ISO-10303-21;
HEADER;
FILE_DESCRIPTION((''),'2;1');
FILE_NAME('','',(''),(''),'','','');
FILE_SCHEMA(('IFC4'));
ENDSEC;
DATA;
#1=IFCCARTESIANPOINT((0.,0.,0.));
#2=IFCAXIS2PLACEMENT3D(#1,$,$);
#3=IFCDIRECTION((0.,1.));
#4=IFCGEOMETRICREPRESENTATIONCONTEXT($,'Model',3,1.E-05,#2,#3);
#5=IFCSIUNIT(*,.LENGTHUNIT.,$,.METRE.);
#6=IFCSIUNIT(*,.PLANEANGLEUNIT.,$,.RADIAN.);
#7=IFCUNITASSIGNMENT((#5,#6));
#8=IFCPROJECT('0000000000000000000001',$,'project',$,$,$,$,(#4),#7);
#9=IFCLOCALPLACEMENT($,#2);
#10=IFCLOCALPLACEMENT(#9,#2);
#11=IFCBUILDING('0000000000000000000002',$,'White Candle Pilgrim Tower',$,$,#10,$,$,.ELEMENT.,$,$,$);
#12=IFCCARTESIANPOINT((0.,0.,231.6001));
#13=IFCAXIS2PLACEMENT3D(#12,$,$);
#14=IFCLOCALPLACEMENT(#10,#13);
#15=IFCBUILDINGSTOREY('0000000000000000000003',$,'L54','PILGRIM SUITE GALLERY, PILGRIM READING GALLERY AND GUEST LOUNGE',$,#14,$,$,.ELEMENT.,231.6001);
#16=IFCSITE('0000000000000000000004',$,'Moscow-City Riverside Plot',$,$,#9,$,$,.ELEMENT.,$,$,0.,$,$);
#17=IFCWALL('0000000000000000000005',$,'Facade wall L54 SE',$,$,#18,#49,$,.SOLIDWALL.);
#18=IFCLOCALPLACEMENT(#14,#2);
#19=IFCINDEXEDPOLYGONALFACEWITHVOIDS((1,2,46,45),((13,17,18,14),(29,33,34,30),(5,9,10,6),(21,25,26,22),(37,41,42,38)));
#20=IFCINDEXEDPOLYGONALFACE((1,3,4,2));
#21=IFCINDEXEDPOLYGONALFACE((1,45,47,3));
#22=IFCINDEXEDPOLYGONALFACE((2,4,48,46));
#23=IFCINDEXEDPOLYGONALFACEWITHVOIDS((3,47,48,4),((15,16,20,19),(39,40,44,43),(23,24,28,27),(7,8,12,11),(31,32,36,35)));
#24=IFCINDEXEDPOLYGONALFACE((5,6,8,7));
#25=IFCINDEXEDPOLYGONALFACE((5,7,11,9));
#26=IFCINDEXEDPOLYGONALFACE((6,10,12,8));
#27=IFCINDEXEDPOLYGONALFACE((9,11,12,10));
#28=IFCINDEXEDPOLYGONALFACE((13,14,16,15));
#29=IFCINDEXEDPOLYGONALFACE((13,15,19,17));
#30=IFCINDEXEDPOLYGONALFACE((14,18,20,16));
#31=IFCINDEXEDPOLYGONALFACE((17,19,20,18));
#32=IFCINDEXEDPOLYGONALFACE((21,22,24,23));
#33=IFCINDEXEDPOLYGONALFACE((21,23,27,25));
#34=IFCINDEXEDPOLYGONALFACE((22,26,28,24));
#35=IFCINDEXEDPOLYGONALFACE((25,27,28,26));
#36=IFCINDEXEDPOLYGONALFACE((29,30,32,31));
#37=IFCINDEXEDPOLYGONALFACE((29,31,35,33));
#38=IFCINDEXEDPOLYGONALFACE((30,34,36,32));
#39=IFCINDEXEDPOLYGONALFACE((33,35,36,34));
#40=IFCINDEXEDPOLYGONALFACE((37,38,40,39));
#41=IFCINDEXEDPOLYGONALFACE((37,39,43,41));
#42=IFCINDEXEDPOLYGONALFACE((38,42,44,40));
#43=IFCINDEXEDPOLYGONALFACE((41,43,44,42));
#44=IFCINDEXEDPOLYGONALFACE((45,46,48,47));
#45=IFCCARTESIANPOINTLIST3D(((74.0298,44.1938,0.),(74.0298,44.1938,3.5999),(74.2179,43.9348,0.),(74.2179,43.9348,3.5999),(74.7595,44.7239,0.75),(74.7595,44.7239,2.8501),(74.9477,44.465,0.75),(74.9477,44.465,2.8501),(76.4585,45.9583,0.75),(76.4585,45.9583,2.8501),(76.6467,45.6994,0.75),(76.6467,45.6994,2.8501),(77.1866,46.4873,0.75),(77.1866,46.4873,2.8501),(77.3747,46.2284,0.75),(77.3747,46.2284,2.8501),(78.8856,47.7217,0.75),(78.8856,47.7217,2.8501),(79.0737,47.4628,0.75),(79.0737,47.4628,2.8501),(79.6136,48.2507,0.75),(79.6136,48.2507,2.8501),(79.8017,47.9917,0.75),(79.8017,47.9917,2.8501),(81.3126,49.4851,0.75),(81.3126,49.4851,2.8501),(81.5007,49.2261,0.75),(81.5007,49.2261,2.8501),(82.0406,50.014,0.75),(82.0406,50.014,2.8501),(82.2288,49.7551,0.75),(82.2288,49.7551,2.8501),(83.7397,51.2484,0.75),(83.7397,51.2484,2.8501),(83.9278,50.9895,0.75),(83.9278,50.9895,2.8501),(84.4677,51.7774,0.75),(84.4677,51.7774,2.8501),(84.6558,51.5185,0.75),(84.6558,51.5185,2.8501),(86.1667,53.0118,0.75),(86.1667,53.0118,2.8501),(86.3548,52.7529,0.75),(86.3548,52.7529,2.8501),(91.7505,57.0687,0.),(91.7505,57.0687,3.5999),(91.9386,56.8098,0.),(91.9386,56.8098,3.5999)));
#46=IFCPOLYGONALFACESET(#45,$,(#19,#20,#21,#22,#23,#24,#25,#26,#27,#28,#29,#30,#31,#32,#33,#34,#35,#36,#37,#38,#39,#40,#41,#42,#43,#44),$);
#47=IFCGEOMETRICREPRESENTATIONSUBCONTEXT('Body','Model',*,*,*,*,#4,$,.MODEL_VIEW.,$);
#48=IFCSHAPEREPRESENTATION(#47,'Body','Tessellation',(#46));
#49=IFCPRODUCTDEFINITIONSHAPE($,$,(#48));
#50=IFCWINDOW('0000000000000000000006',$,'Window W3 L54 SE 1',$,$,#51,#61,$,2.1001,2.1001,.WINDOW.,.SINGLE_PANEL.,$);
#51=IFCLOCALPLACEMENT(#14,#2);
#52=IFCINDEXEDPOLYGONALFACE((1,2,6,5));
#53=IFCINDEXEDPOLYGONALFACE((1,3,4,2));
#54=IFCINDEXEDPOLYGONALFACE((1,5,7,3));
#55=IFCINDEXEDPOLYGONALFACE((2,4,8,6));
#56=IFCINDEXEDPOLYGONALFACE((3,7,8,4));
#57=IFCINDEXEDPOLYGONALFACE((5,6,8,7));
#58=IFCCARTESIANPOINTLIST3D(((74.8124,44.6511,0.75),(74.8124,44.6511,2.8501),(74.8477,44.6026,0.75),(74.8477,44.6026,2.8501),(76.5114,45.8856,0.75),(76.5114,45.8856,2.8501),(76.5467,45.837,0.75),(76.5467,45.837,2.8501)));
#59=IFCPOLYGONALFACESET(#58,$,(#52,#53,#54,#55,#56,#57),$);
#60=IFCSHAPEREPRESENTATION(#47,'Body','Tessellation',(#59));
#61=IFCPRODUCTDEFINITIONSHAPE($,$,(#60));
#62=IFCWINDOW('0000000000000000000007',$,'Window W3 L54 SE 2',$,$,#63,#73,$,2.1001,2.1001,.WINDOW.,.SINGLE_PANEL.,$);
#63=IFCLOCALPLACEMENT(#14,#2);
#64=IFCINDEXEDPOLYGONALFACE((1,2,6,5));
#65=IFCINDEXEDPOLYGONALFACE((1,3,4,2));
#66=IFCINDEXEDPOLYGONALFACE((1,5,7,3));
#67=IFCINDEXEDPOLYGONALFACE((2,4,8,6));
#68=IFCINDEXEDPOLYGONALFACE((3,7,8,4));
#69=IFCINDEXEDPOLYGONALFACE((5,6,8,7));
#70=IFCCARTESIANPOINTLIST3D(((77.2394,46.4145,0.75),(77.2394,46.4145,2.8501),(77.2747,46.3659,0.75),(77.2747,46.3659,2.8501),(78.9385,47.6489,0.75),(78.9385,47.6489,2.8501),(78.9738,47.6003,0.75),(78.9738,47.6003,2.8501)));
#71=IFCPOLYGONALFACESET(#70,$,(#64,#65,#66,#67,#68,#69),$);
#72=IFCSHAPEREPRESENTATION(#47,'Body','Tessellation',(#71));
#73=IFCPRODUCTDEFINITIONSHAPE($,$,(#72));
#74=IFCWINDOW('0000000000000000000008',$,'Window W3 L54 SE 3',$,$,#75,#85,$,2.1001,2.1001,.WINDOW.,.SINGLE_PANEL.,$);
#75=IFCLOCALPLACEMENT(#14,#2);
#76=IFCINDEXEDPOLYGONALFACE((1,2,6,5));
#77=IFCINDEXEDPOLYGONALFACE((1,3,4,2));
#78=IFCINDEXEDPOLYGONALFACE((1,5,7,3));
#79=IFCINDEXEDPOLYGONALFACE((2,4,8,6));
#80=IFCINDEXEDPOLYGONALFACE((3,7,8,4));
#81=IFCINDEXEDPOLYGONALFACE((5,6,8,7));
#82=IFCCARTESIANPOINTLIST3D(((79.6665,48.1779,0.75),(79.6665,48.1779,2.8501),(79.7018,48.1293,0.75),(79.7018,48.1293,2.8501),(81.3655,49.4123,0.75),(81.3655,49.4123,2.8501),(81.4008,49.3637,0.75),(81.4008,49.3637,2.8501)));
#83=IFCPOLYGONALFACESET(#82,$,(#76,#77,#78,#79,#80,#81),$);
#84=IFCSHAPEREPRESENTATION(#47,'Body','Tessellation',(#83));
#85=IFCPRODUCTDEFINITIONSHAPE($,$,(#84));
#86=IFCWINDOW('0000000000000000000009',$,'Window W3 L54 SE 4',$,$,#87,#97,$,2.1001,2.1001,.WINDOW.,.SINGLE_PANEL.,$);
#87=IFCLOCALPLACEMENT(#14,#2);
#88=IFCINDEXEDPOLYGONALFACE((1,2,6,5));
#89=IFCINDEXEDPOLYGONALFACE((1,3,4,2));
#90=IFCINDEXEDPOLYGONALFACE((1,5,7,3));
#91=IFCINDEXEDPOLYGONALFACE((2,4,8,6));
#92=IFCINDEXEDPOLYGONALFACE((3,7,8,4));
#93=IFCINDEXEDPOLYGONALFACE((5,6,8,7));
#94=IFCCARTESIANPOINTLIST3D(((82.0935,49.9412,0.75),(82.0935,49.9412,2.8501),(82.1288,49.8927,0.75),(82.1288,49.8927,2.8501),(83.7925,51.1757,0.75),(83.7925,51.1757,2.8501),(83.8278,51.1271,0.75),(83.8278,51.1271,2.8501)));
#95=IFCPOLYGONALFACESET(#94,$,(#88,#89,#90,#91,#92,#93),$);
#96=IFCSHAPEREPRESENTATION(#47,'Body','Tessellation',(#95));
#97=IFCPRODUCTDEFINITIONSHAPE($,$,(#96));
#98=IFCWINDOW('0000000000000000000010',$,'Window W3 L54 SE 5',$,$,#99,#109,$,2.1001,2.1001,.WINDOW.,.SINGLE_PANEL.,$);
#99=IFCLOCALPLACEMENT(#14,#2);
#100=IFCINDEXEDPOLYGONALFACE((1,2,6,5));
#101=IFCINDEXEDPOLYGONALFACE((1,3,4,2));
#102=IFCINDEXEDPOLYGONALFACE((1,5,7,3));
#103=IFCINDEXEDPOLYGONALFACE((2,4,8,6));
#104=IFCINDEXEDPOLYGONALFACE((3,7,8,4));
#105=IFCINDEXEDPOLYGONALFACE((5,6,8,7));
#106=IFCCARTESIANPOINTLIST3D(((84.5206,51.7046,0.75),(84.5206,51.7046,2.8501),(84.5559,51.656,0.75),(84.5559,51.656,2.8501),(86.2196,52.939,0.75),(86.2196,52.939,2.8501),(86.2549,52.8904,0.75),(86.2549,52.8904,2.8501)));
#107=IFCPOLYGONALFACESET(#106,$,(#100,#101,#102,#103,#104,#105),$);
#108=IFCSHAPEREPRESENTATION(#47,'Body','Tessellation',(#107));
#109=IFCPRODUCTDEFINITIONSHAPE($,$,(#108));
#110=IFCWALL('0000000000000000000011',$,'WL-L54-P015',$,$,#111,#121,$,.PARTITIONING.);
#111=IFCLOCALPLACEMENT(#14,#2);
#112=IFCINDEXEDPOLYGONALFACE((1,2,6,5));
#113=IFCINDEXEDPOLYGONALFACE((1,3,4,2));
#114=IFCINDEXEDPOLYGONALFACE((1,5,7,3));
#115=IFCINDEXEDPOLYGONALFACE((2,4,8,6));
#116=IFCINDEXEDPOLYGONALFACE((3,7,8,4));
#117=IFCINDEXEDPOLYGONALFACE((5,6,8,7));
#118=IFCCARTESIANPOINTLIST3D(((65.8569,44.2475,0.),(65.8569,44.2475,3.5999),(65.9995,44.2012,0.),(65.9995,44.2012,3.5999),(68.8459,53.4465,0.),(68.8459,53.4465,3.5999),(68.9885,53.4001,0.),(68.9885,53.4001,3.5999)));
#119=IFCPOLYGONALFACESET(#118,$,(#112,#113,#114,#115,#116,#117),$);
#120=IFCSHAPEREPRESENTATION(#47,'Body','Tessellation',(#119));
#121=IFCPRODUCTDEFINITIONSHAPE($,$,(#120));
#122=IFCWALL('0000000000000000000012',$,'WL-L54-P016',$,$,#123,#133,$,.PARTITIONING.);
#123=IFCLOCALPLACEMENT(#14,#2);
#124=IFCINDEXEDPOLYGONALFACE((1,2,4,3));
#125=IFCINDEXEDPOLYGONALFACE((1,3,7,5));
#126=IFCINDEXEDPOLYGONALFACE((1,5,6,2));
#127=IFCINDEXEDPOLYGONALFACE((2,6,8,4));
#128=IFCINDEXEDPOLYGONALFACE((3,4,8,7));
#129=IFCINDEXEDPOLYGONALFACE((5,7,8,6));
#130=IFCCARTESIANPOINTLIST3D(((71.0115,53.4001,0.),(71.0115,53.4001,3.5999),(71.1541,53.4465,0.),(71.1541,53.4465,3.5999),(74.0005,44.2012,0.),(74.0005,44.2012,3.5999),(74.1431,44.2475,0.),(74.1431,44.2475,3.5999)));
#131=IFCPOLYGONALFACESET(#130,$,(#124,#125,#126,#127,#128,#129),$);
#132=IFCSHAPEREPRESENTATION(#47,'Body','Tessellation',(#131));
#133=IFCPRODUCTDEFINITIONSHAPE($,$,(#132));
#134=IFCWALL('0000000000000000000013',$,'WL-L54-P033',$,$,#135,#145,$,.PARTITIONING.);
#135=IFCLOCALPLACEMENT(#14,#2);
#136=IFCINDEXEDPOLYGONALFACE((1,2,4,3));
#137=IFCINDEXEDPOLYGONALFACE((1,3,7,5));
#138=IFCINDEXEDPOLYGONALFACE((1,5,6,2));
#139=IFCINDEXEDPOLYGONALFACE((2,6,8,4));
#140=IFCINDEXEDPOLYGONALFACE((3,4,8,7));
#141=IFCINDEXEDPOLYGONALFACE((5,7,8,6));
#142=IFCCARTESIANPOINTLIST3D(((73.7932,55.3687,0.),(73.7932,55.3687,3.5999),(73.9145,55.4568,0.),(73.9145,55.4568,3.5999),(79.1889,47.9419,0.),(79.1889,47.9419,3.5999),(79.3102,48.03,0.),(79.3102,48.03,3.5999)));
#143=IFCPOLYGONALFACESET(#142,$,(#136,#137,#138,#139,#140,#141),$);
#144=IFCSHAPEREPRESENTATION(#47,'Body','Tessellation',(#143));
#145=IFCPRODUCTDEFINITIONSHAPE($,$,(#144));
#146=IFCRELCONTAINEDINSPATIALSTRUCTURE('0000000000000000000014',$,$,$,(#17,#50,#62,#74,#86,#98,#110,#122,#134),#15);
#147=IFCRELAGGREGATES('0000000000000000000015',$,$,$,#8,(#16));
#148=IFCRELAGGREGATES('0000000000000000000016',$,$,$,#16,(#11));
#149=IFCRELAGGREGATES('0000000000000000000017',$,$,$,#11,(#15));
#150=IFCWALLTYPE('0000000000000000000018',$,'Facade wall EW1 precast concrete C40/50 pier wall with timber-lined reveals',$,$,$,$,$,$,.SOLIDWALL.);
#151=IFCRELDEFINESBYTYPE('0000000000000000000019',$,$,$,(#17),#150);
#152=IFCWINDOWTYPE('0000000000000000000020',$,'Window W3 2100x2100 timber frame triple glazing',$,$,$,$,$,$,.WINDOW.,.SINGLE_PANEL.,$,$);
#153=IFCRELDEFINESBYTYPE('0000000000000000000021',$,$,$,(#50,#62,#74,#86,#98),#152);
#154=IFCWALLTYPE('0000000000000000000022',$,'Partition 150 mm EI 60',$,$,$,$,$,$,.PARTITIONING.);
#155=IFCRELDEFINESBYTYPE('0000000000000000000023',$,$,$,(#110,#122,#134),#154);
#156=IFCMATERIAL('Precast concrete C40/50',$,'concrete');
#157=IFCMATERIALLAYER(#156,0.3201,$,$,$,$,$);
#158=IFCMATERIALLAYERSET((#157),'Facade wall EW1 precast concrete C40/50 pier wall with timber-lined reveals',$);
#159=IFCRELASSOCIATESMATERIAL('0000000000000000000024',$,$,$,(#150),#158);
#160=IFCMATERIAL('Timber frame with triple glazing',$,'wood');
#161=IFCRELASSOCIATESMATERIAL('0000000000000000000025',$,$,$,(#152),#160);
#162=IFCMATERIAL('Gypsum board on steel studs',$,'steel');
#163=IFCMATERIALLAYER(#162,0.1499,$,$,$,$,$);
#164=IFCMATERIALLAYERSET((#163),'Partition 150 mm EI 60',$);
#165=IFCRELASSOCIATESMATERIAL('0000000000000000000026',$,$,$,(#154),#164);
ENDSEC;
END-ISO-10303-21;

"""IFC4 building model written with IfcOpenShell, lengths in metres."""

from ifc_helpers import new_model, si_unit, direction, frame, frame_2d, origin, place, context, subcontext, project, spatial, rectangle, extrude, material, layer, layer_set, type_object, element, fill, save


model = new_model("IFC4")

# Units and contexts
model_context = context("Model", 3, precision=1e-05, world=origin(), true_north=direction((0.0, 1.0)))
body_context = subcontext(model_context, "Body", "Model", "MODEL_VIEW")
ifc_project = project(units=[si_unit("LENGTHUNIT", "METRE"), si_unit("PLANEANGLEUNIT", "RADIAN")], contexts=[model_context])

# Site, building, storey
site_placement = place(None, origin())
site = spatial("IfcSite", under=ifc_project, at=site_placement, Name="Moscow-City Riverside Plot", CompositionType="ELEMENT", RefElevation=0.0)
building_placement = place(site_placement, origin())
building = spatial("IfcBuilding", under=site, at=building_placement, Name="White Candle Pilgrim Tower", CompositionType="ELEMENT")
storey_placement = place(building_placement, frame((0.0, 0.0, 231.6001)))
storey = spatial("IfcBuildingStorey", under=building, at=storey_placement, Name="L54", Description="PILGRIM SUITE GALLERY, PILGRIM READING GALLERY AND GUEST LOUNGE", CompositionType="ELEMENT", Elevation=231.6001)

# Shared definitions
ifc_material_1 = material(Name="Gypsum board on steel studs", Category="steel")

# Wall, openings, windows
ifc_material_2 = material(Name="Precast concrete C40/50", Category="concrete")
ifc_layer_1 = layer(ifc_material_2, 0.3201)
ifc_layer_set_1 = layer_set([ifc_layer_1], Name="Facade wall EW1 precast concrete C40/50 pier wall with timber-lined reveals")
wall_type_1 = type_object("IfcWallType", Name="Facade wall EW1 precast concrete C40/50 pier wall with timber-lined reveals", PredefinedType="SOLIDWALL", material=ifc_layer_set_1)
ifc_material_3 = material(Name="Timber frame with triple glazing", Category="wood")
wall_1_placement = place(storey_placement, frame((74.1238, 44.0642, 0.0), z_axis=(0.0, 0.0, 1.0), x_axis=(0.809014, 0.58779, 0.0)))
wall_1 = element("IfcWall", 1, at=wall_1_placement, inside=storey, type_object=wall_type_1, Name="Facade wall L54 SE", PredefinedType="SOLIDWALL", context=body_context, shape_type="SweptSolid", body=[
    extrude(rectangle(XDim=21.9041, YDim=0.3201, at=frame_2d((10.9521, 0.0))), origin(), (0.0, 0.0, 1.0), 3.5999),
])
opening_1_placement = place(wall_1_placement, frame((0.9021, 0.0, 0.75)))
opening_1 = element("IfcOpeningElement", 2, at=opening_1_placement, cuts=wall_1, PredefinedType="OPENING", context=body_context, shape_type="SweptSolid", body=[
    extrude(rectangle(XDim=2.1001, YDim=2.1001, at=frame_2d((1.05, 1.05))), frame((0.0, 0.1699, 0.0), z_axis=(0.0, -1.0, 0.0), x_axis=(1.0, 0.0, 0.0)), (0.0, 0.0, 1.0), 0.3401),
])
opening_2_placement = place(wall_1_placement, frame((3.9021, 0.0, 0.75)))
opening_2 = element("IfcOpeningElement", 3, at=opening_2_placement, cuts=wall_1, PredefinedType="OPENING", context=body_context, shape_type="SweptSolid", body=[
    extrude(rectangle(XDim=2.1001, YDim=2.1001, at=frame_2d((1.05, 1.05))), frame((0.0, 0.1699, 0.0), z_axis=(0.0, -1.0, 0.0), x_axis=(1.0, 0.0, 0.0)), (0.0, 0.0, 1.0), 0.3401),
])
opening_3_placement = place(wall_1_placement, frame((6.9021, 0.0, 0.75)))
opening_3 = element("IfcOpeningElement", 4, at=opening_3_placement, cuts=wall_1, PredefinedType="OPENING", context=body_context, shape_type="SweptSolid", body=[
    extrude(rectangle(XDim=2.1001, YDim=2.1001, at=frame_2d((1.05, 1.05))), frame((0.0, 0.1699, 0.0), z_axis=(0.0, -1.0, 0.0), x_axis=(1.0, 0.0, 0.0)), (0.0, 0.0, 1.0), 0.3401),
])
opening_4_placement = place(wall_1_placement, frame((9.9021, 0.0, 0.75)))
opening_4 = element("IfcOpeningElement", 5, at=opening_4_placement, cuts=wall_1, PredefinedType="OPENING", context=body_context, shape_type="SweptSolid", body=[
    extrude(rectangle(XDim=2.1001, YDim=2.1001, at=frame_2d((1.05, 1.05))), frame((0.0, 0.1699, 0.0), z_axis=(0.0, -1.0, 0.0), x_axis=(1.0, 0.0, 0.0)), (0.0, 0.0, 1.0), 0.3401),
])
opening_5_placement = place(wall_1_placement, frame((12.9021, 0.0, 0.75)))
opening_5 = element("IfcOpeningElement", 6, at=opening_5_placement, cuts=wall_1, PredefinedType="OPENING", context=body_context, shape_type="SweptSolid", body=[
    extrude(rectangle(XDim=2.1001, YDim=2.1001, at=frame_2d((1.05, 1.05))), frame((0.0, 0.1699, 0.0), z_axis=(0.0, -1.0, 0.0), x_axis=(1.0, 0.0, 0.0)), (0.0, 0.0, 1.0), 0.3401),
])
window_type_1 = type_object("IfcWindowType", Name="Window W3 2100x2100 timber frame triple glazing", PartitioningType="SINGLE_PANEL", PredefinedType="WINDOW", material=ifc_material_3)
window_1_placement = place(opening_1_placement, origin())
window_1 = element("IfcWindow", 7, at=window_1_placement, inside=storey, type_object=window_type_1, Name="Window W3 L54 SE 1", OverallHeight=2.1001, OverallWidth=2.1001, PartitioningType="SINGLE_PANEL", PredefinedType="WINDOW", context=body_context, shape_type="SweptSolid", body=[
    extrude(rectangle(XDim=2.1001, YDim=2.1001, at=frame_2d((1.05, 1.05))), frame((0.0, 0.0701, 0.0), z_axis=(0.0, -1.0, 0.0), x_axis=(1.0, 0.0, 0.0)), (0.0, 0.0, 1.0), 0.0601),
])
fill(opening_1, window_1)
window_2_placement = place(opening_2_placement, origin())
window_2 = element("IfcWindow", 8, at=window_2_placement, inside=storey, type_object=window_type_1, Name="Window W3 L54 SE 2", OverallHeight=2.1001, OverallWidth=2.1001, PartitioningType="SINGLE_PANEL", PredefinedType="WINDOW", context=body_context, shape_type="SweptSolid", body=[
    extrude(rectangle(XDim=2.1001, YDim=2.1001, at=frame_2d((1.05, 1.05))), frame((0.0, 0.0701, 0.0), z_axis=(0.0, -1.0, 0.0), x_axis=(1.0, 0.0, 0.0)), (0.0, 0.0, 1.0), 0.0601),
])
fill(opening_2, window_2)
window_3_placement = place(opening_3_placement, origin())
window_3 = element("IfcWindow", 9, at=window_3_placement, inside=storey, type_object=window_type_1, Name="Window W3 L54 SE 3", OverallHeight=2.1001, OverallWidth=2.1001, PartitioningType="SINGLE_PANEL", PredefinedType="WINDOW", context=body_context, shape_type="SweptSolid", body=[
    extrude(rectangle(XDim=2.1001, YDim=2.1001, at=frame_2d((1.05, 1.05))), frame((0.0, 0.0701, 0.0), z_axis=(0.0, -1.0, 0.0), x_axis=(1.0, 0.0, 0.0)), (0.0, 0.0, 1.0), 0.0601),
])
fill(opening_3, window_3)
window_4_placement = place(opening_4_placement, origin())
window_4 = element("IfcWindow", 10, at=window_4_placement, inside=storey, type_object=window_type_1, Name="Window W3 L54 SE 4", OverallHeight=2.1001, OverallWidth=2.1001, PartitioningType="SINGLE_PANEL", PredefinedType="WINDOW", context=body_context, shape_type="SweptSolid", body=[
    extrude(rectangle(XDim=2.1001, YDim=2.1001, at=frame_2d((1.05, 1.05))), frame((0.0, 0.0701, 0.0), z_axis=(0.0, -1.0, 0.0), x_axis=(1.0, 0.0, 0.0)), (0.0, 0.0, 1.0), 0.0601),
])
fill(opening_4, window_4)
window_5_placement = place(opening_5_placement, origin())
window_5 = element("IfcWindow", 11, at=window_5_placement, inside=storey, type_object=window_type_1, Name="Window W3 L54 SE 5", OverallHeight=2.1001, OverallWidth=2.1001, PartitioningType="SINGLE_PANEL", PredefinedType="WINDOW", context=body_context, shape_type="SweptSolid", body=[
    extrude(rectangle(XDim=2.1001, YDim=2.1001, at=frame_2d((1.05, 1.05))), frame((0.0, 0.0701, 0.0), z_axis=(0.0, -1.0, 0.0), x_axis=(1.0, 0.0, 0.0)), (0.0, 0.0, 1.0), 0.0601),
])
fill(opening_5, window_5)

# Walls
ifc_layer_2 = layer(ifc_material_1, 0.1499)
ifc_layer_set_2 = layer_set([ifc_layer_2], Name="Partition 150 mm EI 60")
wall_type_2 = type_object("IfcWallType", Name="Partition 150 mm EI 60", PredefinedType="PARTITIONING", material=ifc_layer_set_2)
for number, where, z_axis, x_axis, name in (
    (12, (65.9282, 44.2244, 0.0), (0.0, 0.0, 1.0), (0.309025, 0.951054, 0.0), "WL-L54-P015"),
    (13, (74.0718, 44.2244, 0.0), (0.0, 0.0, 1.0), (-0.309025, 0.951054, 0.0), "WL-L54-P016"),
):
    element("IfcWall", number, at=place(storey_placement, frame(where, z_axis=z_axis, x_axis=x_axis)), inside=storey, type_object=wall_type_2, Name=name, PredefinedType="PARTITIONING", context=body_context, shape_type="SweptSolid", body=[
        extrude(rectangle(XDim=9.6724, YDim=0.1499, at=frame_2d((4.8362, 0.0))), origin(), (0.0, 0.0, 1.0), 3.5999),
    ])
wall_2_placement = place(storey_placement, frame((79.2495, 47.9861, 0.0), z_axis=(0.0, 0.0, 1.0), x_axis=(-0.587778, 0.809022, 0.0)))
element("IfcWall", 14, at=wall_2_placement, inside=storey, type_object=wall_type_2, Name="WL-L54-P033", PredefinedType="PARTITIONING", context=body_context, shape_type="SweptSolid", body=[
    extrude(rectangle(XDim=9.1799, YDim=0.1499, at=frame_2d((4.5898, 0.0))), origin(), (0.0, 0.0, 1.0), 3.5999),
])

save(model, "model.ifc")
